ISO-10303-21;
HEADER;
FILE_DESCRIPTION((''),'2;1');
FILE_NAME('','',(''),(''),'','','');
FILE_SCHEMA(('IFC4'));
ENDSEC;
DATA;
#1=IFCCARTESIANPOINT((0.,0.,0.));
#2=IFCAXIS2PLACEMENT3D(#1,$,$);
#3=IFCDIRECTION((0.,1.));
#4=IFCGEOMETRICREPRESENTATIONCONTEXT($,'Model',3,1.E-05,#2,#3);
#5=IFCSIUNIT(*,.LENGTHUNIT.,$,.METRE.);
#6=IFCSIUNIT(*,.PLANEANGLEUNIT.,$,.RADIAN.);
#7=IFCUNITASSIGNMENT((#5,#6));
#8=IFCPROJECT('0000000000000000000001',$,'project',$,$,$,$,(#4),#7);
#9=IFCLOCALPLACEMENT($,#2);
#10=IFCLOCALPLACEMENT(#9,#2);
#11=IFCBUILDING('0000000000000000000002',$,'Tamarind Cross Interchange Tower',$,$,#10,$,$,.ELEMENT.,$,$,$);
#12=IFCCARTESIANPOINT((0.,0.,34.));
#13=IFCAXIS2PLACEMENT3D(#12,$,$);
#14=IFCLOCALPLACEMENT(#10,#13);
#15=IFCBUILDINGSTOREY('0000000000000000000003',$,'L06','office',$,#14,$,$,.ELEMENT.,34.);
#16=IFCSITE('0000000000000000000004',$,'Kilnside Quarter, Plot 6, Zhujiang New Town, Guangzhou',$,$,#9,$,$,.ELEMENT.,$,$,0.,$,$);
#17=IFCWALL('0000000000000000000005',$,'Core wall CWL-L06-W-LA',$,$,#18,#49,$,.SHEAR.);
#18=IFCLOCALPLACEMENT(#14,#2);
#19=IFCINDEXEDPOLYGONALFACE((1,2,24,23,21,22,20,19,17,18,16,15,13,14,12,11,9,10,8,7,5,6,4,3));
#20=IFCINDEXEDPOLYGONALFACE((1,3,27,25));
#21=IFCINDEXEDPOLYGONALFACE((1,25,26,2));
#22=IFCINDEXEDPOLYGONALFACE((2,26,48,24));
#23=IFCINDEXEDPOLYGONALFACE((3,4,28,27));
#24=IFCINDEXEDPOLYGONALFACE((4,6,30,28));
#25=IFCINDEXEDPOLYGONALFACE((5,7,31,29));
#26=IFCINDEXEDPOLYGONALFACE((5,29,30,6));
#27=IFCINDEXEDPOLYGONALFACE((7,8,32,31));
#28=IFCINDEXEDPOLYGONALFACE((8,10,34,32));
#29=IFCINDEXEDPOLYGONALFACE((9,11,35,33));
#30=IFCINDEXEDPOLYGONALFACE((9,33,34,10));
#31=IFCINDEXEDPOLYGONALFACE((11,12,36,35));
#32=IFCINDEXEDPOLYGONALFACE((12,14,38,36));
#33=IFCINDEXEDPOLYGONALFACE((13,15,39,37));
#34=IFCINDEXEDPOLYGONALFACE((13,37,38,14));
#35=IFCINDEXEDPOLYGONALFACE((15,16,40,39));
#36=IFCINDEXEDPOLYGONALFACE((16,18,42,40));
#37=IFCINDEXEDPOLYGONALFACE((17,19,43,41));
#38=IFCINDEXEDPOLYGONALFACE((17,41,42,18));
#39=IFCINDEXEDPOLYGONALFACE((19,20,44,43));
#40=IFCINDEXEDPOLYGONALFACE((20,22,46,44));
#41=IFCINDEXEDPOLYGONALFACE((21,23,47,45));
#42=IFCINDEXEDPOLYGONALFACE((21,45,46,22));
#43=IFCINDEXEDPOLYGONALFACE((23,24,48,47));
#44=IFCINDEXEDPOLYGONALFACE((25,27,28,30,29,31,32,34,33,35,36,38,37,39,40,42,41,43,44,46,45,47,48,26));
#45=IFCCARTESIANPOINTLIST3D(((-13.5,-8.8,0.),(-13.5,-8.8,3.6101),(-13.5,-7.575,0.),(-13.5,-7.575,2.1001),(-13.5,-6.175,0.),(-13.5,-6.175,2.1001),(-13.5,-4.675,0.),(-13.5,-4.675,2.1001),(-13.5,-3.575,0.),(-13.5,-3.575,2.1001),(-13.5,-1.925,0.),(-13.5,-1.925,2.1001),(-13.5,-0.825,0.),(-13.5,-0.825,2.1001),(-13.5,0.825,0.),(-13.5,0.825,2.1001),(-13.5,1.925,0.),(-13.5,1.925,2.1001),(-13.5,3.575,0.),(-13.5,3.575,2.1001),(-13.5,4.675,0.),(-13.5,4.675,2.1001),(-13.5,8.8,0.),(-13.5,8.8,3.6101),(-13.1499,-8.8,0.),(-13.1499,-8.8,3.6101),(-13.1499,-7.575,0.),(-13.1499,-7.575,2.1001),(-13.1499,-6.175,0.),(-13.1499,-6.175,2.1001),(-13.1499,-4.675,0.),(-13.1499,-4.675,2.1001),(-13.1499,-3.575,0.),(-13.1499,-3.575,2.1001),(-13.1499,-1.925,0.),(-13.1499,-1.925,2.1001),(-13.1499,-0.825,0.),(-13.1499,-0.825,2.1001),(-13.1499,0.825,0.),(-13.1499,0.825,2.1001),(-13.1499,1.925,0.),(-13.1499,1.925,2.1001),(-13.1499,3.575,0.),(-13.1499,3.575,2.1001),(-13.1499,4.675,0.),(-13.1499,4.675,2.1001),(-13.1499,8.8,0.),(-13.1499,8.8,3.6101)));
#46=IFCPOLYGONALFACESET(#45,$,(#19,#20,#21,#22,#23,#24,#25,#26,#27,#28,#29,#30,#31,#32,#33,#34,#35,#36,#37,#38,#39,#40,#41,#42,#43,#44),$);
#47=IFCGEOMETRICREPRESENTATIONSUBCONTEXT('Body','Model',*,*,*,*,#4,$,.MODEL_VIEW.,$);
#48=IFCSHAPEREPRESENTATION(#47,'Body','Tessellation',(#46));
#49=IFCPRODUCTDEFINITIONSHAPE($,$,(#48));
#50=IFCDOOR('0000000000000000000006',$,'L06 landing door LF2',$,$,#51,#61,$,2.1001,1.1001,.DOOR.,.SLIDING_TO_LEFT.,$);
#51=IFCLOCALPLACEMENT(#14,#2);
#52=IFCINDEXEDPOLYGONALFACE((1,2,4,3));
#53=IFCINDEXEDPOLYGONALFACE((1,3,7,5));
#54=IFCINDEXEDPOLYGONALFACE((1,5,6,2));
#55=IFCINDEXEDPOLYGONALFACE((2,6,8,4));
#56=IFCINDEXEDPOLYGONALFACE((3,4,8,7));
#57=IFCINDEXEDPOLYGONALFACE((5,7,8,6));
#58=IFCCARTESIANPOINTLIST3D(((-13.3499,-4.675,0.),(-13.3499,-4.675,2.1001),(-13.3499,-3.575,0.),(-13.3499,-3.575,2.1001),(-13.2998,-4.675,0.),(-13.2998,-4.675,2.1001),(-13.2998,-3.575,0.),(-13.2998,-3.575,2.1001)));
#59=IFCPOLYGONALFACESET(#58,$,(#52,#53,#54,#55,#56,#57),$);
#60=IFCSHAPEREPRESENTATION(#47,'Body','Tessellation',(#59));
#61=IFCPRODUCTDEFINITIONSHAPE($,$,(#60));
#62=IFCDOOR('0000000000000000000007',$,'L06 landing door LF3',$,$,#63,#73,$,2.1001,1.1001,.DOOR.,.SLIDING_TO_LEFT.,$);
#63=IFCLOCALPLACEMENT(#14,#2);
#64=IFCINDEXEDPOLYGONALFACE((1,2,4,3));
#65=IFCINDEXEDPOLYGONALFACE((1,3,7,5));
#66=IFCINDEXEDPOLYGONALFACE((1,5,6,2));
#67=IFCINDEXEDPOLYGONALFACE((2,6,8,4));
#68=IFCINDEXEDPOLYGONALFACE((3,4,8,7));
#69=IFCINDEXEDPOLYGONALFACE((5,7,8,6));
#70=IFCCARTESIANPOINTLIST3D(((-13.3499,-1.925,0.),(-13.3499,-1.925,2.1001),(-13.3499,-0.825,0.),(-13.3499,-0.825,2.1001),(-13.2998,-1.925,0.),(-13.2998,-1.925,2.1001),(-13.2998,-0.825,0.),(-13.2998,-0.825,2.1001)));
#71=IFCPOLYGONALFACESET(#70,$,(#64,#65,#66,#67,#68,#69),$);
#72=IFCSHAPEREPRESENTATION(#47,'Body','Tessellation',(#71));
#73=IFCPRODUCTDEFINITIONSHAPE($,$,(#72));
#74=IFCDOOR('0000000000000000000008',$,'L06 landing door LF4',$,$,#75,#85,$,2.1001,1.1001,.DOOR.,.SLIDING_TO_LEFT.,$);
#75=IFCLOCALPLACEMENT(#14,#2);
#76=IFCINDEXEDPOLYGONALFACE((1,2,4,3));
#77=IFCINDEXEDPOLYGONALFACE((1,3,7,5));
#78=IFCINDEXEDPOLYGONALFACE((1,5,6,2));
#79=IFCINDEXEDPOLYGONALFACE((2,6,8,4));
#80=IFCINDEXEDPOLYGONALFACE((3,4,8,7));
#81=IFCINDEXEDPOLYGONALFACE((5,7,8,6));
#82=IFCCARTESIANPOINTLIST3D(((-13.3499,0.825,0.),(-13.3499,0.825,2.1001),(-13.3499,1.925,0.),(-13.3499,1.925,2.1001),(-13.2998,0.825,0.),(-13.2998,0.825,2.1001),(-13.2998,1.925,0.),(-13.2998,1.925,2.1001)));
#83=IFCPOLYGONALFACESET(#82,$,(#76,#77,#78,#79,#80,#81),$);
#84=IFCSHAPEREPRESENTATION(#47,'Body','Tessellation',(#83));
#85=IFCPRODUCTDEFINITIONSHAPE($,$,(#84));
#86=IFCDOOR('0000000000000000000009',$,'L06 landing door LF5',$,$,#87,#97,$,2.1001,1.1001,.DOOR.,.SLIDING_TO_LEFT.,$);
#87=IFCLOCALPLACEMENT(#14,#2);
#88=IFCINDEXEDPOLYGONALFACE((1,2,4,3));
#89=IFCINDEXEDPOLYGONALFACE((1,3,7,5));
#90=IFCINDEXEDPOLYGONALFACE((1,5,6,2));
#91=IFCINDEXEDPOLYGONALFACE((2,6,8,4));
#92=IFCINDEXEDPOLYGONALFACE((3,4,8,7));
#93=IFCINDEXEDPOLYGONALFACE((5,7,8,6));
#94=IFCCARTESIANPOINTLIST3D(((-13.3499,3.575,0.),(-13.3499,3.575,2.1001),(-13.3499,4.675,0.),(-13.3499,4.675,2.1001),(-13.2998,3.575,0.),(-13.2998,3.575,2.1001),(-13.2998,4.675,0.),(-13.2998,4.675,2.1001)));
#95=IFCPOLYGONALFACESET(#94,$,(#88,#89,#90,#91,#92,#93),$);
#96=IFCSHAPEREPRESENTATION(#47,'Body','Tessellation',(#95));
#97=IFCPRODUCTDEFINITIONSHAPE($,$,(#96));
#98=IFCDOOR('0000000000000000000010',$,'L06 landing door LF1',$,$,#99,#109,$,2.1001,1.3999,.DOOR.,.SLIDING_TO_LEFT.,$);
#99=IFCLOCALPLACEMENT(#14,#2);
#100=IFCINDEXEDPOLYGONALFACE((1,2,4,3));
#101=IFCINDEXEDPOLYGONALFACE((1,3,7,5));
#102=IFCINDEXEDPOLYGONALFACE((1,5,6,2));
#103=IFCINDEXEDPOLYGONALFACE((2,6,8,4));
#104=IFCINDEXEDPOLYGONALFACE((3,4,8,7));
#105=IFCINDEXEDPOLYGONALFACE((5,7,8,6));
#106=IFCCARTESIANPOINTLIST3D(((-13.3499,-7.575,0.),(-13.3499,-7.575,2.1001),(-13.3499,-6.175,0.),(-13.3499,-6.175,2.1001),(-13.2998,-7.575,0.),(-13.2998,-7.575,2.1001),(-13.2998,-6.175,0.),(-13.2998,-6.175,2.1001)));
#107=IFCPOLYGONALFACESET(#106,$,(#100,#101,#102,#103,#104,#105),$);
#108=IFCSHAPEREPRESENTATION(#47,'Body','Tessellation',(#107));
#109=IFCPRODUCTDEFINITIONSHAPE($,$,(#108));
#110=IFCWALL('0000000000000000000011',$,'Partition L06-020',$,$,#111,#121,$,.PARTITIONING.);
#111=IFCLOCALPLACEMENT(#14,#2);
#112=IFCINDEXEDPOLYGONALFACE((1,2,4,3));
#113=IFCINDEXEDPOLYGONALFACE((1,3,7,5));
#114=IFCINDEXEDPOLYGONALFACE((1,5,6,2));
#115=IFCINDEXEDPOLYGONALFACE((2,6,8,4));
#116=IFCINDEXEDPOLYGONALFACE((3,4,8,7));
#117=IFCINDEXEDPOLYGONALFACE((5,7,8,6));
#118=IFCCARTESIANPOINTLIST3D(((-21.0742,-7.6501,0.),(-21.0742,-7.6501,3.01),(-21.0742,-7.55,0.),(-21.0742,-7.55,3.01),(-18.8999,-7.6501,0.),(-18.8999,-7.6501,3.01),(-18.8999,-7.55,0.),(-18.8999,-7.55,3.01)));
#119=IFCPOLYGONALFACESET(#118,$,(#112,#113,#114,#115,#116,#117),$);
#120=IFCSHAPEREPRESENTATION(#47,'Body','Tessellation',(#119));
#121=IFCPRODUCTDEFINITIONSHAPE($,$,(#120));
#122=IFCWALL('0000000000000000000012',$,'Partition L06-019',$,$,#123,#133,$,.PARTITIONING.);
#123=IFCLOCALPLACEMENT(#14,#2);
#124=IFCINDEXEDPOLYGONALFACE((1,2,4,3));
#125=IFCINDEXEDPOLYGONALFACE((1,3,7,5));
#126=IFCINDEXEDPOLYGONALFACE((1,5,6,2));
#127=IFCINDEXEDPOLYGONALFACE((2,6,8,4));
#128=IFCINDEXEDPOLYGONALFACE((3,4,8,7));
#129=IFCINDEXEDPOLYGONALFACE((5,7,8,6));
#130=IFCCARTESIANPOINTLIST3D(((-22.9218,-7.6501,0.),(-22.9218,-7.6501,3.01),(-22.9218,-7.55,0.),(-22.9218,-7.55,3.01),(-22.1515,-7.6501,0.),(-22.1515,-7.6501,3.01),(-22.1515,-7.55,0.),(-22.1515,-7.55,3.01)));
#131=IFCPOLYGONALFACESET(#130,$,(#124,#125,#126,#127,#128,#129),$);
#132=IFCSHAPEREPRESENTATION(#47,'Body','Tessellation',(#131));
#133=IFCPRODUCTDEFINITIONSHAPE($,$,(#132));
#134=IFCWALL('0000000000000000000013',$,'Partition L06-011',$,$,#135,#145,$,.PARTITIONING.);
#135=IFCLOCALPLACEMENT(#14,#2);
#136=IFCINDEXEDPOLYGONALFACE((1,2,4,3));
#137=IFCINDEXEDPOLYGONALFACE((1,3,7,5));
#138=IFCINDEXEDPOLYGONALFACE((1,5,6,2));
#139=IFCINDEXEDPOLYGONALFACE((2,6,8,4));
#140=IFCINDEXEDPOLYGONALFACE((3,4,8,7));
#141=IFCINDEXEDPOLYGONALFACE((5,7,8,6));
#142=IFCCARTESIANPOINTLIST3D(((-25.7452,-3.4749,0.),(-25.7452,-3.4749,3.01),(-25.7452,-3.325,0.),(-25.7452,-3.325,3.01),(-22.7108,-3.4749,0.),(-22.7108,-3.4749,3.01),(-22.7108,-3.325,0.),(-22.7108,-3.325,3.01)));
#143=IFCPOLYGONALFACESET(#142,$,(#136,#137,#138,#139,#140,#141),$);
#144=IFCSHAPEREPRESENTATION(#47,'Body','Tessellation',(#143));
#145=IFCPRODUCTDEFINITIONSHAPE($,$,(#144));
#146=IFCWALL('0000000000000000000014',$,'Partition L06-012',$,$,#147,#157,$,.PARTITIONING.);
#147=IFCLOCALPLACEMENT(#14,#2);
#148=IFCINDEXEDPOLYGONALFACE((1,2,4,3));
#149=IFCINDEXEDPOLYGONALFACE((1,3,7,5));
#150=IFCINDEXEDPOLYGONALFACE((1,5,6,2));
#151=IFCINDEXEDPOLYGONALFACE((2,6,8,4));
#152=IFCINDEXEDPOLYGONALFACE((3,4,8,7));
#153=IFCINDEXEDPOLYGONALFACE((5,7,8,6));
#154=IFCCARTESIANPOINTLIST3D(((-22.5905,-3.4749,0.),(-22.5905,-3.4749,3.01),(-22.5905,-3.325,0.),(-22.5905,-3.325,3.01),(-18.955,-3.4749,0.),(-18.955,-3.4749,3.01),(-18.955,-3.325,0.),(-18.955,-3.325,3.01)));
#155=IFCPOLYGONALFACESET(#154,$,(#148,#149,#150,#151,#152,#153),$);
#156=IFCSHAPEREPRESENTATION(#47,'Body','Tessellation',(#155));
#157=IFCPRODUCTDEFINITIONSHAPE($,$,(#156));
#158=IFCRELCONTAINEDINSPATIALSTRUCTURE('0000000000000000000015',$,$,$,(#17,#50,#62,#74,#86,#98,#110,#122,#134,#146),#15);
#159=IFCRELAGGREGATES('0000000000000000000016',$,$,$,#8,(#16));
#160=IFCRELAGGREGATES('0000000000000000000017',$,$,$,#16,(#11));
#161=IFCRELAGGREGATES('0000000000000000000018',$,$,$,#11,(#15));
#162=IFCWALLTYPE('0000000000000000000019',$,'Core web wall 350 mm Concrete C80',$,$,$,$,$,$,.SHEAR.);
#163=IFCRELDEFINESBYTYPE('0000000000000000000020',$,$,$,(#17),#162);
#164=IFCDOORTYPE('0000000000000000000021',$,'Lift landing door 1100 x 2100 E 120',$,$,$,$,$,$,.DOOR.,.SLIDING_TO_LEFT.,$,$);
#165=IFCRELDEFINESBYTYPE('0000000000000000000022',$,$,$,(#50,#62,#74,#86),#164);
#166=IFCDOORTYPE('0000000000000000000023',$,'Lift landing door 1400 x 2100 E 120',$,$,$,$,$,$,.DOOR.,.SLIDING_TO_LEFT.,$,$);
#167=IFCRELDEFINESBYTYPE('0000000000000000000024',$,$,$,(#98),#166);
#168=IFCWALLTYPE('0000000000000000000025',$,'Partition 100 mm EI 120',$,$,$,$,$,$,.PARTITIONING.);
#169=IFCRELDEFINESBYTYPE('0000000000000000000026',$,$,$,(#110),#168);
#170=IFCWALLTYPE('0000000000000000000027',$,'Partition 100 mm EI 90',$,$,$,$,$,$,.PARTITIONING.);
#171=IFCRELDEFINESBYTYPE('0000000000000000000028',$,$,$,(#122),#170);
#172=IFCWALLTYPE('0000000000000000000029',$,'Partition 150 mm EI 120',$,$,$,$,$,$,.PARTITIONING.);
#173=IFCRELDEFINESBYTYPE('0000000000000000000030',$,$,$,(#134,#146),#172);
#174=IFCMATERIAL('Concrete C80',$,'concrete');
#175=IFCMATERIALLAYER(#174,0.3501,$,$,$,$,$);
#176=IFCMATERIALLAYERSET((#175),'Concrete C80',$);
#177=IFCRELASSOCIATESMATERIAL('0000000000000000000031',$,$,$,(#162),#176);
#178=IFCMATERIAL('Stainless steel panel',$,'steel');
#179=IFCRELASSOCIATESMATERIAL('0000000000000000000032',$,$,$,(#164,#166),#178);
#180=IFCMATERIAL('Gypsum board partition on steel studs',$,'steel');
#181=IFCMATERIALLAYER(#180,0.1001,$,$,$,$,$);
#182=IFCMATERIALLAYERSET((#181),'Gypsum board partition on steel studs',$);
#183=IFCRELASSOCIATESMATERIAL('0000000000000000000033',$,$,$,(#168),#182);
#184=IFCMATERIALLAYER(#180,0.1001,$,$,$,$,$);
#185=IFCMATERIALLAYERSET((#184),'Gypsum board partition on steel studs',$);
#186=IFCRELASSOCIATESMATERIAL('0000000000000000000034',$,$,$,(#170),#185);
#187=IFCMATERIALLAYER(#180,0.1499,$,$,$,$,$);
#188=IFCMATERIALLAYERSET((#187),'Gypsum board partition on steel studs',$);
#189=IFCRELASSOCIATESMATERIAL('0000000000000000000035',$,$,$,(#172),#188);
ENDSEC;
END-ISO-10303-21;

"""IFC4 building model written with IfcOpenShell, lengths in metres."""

from ifc_helpers import new_model, si_unit, direction, frame, frame_2d, origin, place, context, subcontext, project, spatial, rectangle, extrude, material, layer, layer_set, type_object, element, fill, save


model = new_model("IFC4")

# Units and contexts
model_context = context("Model", 3, precision=1e-05, world=origin(), true_north=direction((0.0, 1.0)))
body_context = subcontext(model_context, "Body", "Model", "MODEL_VIEW")
ifc_project = project(units=[si_unit("LENGTHUNIT", "METRE"), si_unit("PLANEANGLEUNIT", "RADIAN")], contexts=[model_context])

# Site, building, storey
site_placement = place(None, origin())
site = spatial("IfcSite", under=ifc_project, at=site_placement, Name="Kilnside Quarter, Plot 6, Zhujiang New Town, Guangzhou", CompositionType="ELEMENT", RefElevation=0.0)
building_placement = place(site_placement, origin())
building = spatial("IfcBuilding", under=site, at=building_placement, Name="Tamarind Cross Interchange Tower", CompositionType="ELEMENT")
storey_placement = place(building_placement, frame((0.0, 0.0, 34.0)))
storey = spatial("IfcBuildingStorey", under=building, at=storey_placement, Name="L06", Description="office", CompositionType="ELEMENT", Elevation=34.0)

# Wall, openings, doors
ifc_material_1 = material(Name="Concrete C80", Category="concrete")
ifc_layer_1 = layer(ifc_material_1, 0.3501)
ifc_layer_set_1 = layer_set([ifc_layer_1], Name="Concrete C80")
wall_type_1 = type_object("IfcWallType", Name="Core web wall 350 mm Concrete C80", PredefinedType="SHEAR", material=ifc_layer_set_1)
wall_1_placement = place(storey_placement, frame((-13.325, -8.8, 0.0), z_axis=(0.0, 0.0, 1.0), x_axis=(0.0, 1.0, 0.0)))
wall_1 = element("IfcWall", 1, at=wall_1_placement, inside=storey, type_object=wall_type_1, Name="Core wall CWL-L06-W-LA", PredefinedType="SHEAR", context=body_context, shape_type="SweptSolid", body=[
    extrude(rectangle(XDim=17.6001, YDim=0.3501, at=frame_2d((8.8, 0.0))), origin(), (0.0, 0.0, 1.0), 3.6101),
])
opening_1_placement = place(wall_1_placement, frame((1.2251, 0.0, 0.0)))
opening_1 = element("IfcOpeningElement", 2, at=opening_1_placement, cuts=wall_1, PredefinedType="OPENING", context=body_context, shape_type="SweptSolid", body=[
    extrude(rectangle(XDim=1.3999, YDim=2.1001, at=frame_2d((0.7, 1.05))), frame((0.0, 0.1851, 0.0), z_axis=(0.0, -1.0, 0.0), x_axis=(1.0, 0.0, 0.0)), (0.0, 0.0, 1.0), 0.3701),
])
opening_2_placement = place(wall_1_placement, frame((4.125, 0.0, 0.0)))
opening_2 = element("IfcOpeningElement", 3, at=opening_2_placement, cuts=wall_1, PredefinedType="OPENING", context=body_context, shape_type="SweptSolid", body=[
    extrude(rectangle(XDim=1.1001, YDim=2.1001, at=frame_2d((0.55, 1.05))), frame((0.0, 0.1851, 0.0), z_axis=(0.0, -1.0, 0.0), x_axis=(1.0, 0.0, 0.0)), (0.0, 0.0, 1.0), 0.3701),
])
opening_3_placement = place(wall_1_placement, frame((6.875, 0.0, 0.0)))
opening_3 = element("IfcOpeningElement", 4, at=opening_3_placement, cuts=wall_1, PredefinedType="OPENING", context=body_context, shape_type="SweptSolid", body=[
    extrude(rectangle(XDim=1.1001, YDim=2.1001, at=frame_2d((0.55, 1.05))), frame((0.0, 0.1851, 0.0), z_axis=(0.0, -1.0, 0.0), x_axis=(1.0, 0.0, 0.0)), (0.0, 0.0, 1.0), 0.3701),
])
opening_4_placement = place(wall_1_placement, frame((9.625, 0.0, 0.0)))
opening_4 = element("IfcOpeningElement", 5, at=opening_4_placement, cuts=wall_1, PredefinedType="OPENING", context=body_context, shape_type="SweptSolid", body=[
    extrude(rectangle(XDim=1.1001, YDim=2.1001, at=frame_2d((0.55, 1.05))), frame((0.0, 0.1851, 0.0), z_axis=(0.0, -1.0, 0.0), x_axis=(1.0, 0.0, 0.0)), (0.0, 0.0, 1.0), 0.3701),
])
opening_5_placement = place(wall_1_placement, frame((12.375, 0.0, 0.0)))
opening_5 = element("IfcOpeningElement", 6, at=opening_5_placement, cuts=wall_1, PredefinedType="OPENING", context=body_context, shape_type="SweptSolid", body=[
    extrude(rectangle(XDim=1.1001, YDim=2.1001, at=frame_2d((0.55, 1.05))), frame((0.0, 0.1851, 0.0), z_axis=(0.0, -1.0, 0.0), x_axis=(1.0, 0.0, 0.0)), (0.0, 0.0, 1.0), 0.3701),
])
ifc_material_2 = material(Name="Stainless steel panel", Category="steel")
door_type_1 = type_object("IfcDoorType", Name="Lift landing door 1100 x 2100 E 120", OperationType="SLIDING_TO_LEFT", PredefinedType="DOOR", material=ifc_material_2)
door_1_placement = place(opening_2_placement, origin())
door_1 = element("IfcDoor", 7, at=door_1_placement, inside=storey, type_object=door_type_1, Name="L06 landing door LF2", OperationType="SLIDING_TO_LEFT", OverallHeight=2.1001, OverallWidth=1.1001, PredefinedType="DOOR", context=body_context, shape_type="SweptSolid", body=[
    extrude(rectangle(XDim=1.1001, YDim=2.1001, at=frame_2d((0.55, 1.05))), frame((0.0, 0.0249, 0.0), z_axis=(0.0, -1.0, 0.0), x_axis=(1.0, 0.0, 0.0)), (0.0, 0.0, 1.0), 0.05),
])
fill(opening_2, door_1)
door_2_placement = place(opening_3_placement, origin())
door_2 = element("IfcDoor", 8, at=door_2_placement, inside=storey, type_object=door_type_1, Name="L06 landing door LF3", OperationType="SLIDING_TO_LEFT", OverallHeight=2.1001, OverallWidth=1.1001, PredefinedType="DOOR", context=body_context, shape_type="SweptSolid", body=[
    extrude(rectangle(XDim=1.1001, YDim=2.1001, at=frame_2d((0.55, 1.05))), frame((0.0, 0.0249, 0.0), z_axis=(0.0, -1.0, 0.0), x_axis=(1.0, 0.0, 0.0)), (0.0, 0.0, 1.0), 0.05),
])
fill(opening_3, door_2)
door_3_placement = place(opening_4_placement, origin())
door_3 = element("IfcDoor", 9, at=door_3_placement, inside=storey, type_object=door_type_1, Name="L06 landing door LF4", OperationType="SLIDING_TO_LEFT", OverallHeight=2.1001, OverallWidth=1.1001, PredefinedType="DOOR", context=body_context, shape_type="SweptSolid", body=[
    extrude(rectangle(XDim=1.1001, YDim=2.1001, at=frame_2d((0.55, 1.05))), frame((0.0, 0.0249, 0.0), z_axis=(0.0, -1.0, 0.0), x_axis=(1.0, 0.0, 0.0)), (0.0, 0.0, 1.0), 0.05),
])
fill(opening_4, door_3)
door_4_placement = place(opening_5_placement, origin())
door_4 = element("IfcDoor", 10, at=door_4_placement, inside=storey, type_object=door_type_1, Name="L06 landing door LF5", OperationType="SLIDING_TO_LEFT", OverallHeight=2.1001, OverallWidth=1.1001, PredefinedType="DOOR", context=body_context, shape_type="SweptSolid", body=[
    extrude(rectangle(XDim=1.1001, YDim=2.1001, at=frame_2d((0.55, 1.05))), frame((0.0, 0.0249, 0.0), z_axis=(0.0, -1.0, 0.0), x_axis=(1.0, 0.0, 0.0)), (0.0, 0.0, 1.0), 0.05),
])
fill(opening_5, door_4)
door_type_2 = type_object("IfcDoorType", Name="Lift landing door 1400 x 2100 E 120", OperationType="SLIDING_TO_LEFT", PredefinedType="DOOR", material=ifc_material_2)
door_5_placement = place(opening_1_placement, origin())
door_5 = element("IfcDoor", 11, at=door_5_placement, inside=storey, type_object=door_type_2, Name="L06 landing door LF1", OperationType="SLIDING_TO_LEFT", OverallHeight=2.1001, OverallWidth=1.3999, PredefinedType="DOOR", context=body_context, shape_type="SweptSolid", body=[
    extrude(rectangle(XDim=1.3999, YDim=2.1001, at=frame_2d((0.7, 1.05))), frame((0.0, 0.0249, 0.0), z_axis=(0.0, -1.0, 0.0), x_axis=(1.0, 0.0, 0.0)), (0.0, 0.0, 1.0), 0.05),
])
fill(opening_1, door_5)

# Walls
ifc_material_3 = material(Name="Gypsum board partition on steel studs", Category="steel")
ifc_layer_2 = layer(ifc_material_3, 0.1001)
ifc_layer_set_2 = layer_set([ifc_layer_2], Name="Gypsum board partition on steel studs")
wall_type_2 = type_object("IfcWallType", Name="Partition 100 mm EI 120", PredefinedType="PARTITIONING", material=ifc_layer_set_2)
wall_2_placement = place(storey_placement, frame((-21.0742, -7.6001, 0.0), z_axis=(0.0, 0.0, 1.0), x_axis=(1.0, 0.0, 0.0)))
element("IfcWall", 12, at=wall_2_placement, inside=storey, type_object=wall_type_2, Name="Partition L06-020", PredefinedType="PARTITIONING", context=body_context, shape_type="SweptSolid", body=[
    extrude(rectangle(XDim=2.1743, YDim=0.1001, at=frame_2d((1.0872, 0.0))), origin(), (0.0, 0.0, 1.0), 3.01),
])
ifc_layer_3 = layer(ifc_material_3, 0.1001)
ifc_layer_set_3 = layer_set([ifc_layer_3], Name="Gypsum board partition on steel studs")
wall_type_3 = type_object("IfcWallType", Name="Partition 100 mm EI 90", PredefinedType="PARTITIONING", material=ifc_layer_set_3)
wall_3_placement = place(storey_placement, frame((-22.9219, -7.6001, 0.0), z_axis=(0.0, 0.0, 1.0), x_axis=(1.0, 0.0, 0.0)))
element("IfcWall", 13, at=wall_3_placement, inside=storey, type_object=wall_type_3, Name="Partition L06-019", PredefinedType="PARTITIONING", context=body_context, shape_type="SweptSolid", body=[
    extrude(rectangle(XDim=0.7703, YDim=0.1001, at=frame_2d((0.3853, 0.0))), origin(), (0.0, 0.0, 1.0), 3.01),
])
ifc_layer_4 = layer(ifc_material_3, 0.1499)
ifc_layer_set_4 = layer_set([ifc_layer_4], Name="Gypsum board partition on steel studs")
wall_type_4 = type_object("IfcWallType", Name="Partition 150 mm EI 120", PredefinedType="PARTITIONING", material=ifc_layer_set_4)
wall_4_placement = place(storey_placement, frame((-25.7451, -3.3999, 0.0), z_axis=(0.0, 0.0, 1.0), x_axis=(1.0, 0.0, 0.0)))
element("IfcWall", 14, at=wall_4_placement, inside=storey, type_object=wall_type_4, Name="Partition L06-011", PredefinedType="PARTITIONING", context=body_context, shape_type="SweptSolid", body=[
    extrude(rectangle(XDim=3.0344, YDim=0.1499, at=frame_2d((1.5171, 0.0))), origin(), (0.0, 0.0, 1.0), 3.01),
])
wall_5_placement = place(storey_placement, frame((-22.5906, -3.3999, 0.0), z_axis=(0.0, 0.0, 1.0), x_axis=(1.0, 0.0, 0.0)))
element("IfcWall", 15, at=wall_5_placement, inside=storey, type_object=wall_type_4, Name="Partition L06-012", PredefinedType="PARTITIONING", context=body_context, shape_type="SweptSolid", body=[
    extrude(rectangle(XDim=3.6355, YDim=0.1499, at=frame_2d((1.8179, 0.0))), origin(), (0.0, 0.0, 1.0), 3.01),
])

save(model, "model.ifc")
